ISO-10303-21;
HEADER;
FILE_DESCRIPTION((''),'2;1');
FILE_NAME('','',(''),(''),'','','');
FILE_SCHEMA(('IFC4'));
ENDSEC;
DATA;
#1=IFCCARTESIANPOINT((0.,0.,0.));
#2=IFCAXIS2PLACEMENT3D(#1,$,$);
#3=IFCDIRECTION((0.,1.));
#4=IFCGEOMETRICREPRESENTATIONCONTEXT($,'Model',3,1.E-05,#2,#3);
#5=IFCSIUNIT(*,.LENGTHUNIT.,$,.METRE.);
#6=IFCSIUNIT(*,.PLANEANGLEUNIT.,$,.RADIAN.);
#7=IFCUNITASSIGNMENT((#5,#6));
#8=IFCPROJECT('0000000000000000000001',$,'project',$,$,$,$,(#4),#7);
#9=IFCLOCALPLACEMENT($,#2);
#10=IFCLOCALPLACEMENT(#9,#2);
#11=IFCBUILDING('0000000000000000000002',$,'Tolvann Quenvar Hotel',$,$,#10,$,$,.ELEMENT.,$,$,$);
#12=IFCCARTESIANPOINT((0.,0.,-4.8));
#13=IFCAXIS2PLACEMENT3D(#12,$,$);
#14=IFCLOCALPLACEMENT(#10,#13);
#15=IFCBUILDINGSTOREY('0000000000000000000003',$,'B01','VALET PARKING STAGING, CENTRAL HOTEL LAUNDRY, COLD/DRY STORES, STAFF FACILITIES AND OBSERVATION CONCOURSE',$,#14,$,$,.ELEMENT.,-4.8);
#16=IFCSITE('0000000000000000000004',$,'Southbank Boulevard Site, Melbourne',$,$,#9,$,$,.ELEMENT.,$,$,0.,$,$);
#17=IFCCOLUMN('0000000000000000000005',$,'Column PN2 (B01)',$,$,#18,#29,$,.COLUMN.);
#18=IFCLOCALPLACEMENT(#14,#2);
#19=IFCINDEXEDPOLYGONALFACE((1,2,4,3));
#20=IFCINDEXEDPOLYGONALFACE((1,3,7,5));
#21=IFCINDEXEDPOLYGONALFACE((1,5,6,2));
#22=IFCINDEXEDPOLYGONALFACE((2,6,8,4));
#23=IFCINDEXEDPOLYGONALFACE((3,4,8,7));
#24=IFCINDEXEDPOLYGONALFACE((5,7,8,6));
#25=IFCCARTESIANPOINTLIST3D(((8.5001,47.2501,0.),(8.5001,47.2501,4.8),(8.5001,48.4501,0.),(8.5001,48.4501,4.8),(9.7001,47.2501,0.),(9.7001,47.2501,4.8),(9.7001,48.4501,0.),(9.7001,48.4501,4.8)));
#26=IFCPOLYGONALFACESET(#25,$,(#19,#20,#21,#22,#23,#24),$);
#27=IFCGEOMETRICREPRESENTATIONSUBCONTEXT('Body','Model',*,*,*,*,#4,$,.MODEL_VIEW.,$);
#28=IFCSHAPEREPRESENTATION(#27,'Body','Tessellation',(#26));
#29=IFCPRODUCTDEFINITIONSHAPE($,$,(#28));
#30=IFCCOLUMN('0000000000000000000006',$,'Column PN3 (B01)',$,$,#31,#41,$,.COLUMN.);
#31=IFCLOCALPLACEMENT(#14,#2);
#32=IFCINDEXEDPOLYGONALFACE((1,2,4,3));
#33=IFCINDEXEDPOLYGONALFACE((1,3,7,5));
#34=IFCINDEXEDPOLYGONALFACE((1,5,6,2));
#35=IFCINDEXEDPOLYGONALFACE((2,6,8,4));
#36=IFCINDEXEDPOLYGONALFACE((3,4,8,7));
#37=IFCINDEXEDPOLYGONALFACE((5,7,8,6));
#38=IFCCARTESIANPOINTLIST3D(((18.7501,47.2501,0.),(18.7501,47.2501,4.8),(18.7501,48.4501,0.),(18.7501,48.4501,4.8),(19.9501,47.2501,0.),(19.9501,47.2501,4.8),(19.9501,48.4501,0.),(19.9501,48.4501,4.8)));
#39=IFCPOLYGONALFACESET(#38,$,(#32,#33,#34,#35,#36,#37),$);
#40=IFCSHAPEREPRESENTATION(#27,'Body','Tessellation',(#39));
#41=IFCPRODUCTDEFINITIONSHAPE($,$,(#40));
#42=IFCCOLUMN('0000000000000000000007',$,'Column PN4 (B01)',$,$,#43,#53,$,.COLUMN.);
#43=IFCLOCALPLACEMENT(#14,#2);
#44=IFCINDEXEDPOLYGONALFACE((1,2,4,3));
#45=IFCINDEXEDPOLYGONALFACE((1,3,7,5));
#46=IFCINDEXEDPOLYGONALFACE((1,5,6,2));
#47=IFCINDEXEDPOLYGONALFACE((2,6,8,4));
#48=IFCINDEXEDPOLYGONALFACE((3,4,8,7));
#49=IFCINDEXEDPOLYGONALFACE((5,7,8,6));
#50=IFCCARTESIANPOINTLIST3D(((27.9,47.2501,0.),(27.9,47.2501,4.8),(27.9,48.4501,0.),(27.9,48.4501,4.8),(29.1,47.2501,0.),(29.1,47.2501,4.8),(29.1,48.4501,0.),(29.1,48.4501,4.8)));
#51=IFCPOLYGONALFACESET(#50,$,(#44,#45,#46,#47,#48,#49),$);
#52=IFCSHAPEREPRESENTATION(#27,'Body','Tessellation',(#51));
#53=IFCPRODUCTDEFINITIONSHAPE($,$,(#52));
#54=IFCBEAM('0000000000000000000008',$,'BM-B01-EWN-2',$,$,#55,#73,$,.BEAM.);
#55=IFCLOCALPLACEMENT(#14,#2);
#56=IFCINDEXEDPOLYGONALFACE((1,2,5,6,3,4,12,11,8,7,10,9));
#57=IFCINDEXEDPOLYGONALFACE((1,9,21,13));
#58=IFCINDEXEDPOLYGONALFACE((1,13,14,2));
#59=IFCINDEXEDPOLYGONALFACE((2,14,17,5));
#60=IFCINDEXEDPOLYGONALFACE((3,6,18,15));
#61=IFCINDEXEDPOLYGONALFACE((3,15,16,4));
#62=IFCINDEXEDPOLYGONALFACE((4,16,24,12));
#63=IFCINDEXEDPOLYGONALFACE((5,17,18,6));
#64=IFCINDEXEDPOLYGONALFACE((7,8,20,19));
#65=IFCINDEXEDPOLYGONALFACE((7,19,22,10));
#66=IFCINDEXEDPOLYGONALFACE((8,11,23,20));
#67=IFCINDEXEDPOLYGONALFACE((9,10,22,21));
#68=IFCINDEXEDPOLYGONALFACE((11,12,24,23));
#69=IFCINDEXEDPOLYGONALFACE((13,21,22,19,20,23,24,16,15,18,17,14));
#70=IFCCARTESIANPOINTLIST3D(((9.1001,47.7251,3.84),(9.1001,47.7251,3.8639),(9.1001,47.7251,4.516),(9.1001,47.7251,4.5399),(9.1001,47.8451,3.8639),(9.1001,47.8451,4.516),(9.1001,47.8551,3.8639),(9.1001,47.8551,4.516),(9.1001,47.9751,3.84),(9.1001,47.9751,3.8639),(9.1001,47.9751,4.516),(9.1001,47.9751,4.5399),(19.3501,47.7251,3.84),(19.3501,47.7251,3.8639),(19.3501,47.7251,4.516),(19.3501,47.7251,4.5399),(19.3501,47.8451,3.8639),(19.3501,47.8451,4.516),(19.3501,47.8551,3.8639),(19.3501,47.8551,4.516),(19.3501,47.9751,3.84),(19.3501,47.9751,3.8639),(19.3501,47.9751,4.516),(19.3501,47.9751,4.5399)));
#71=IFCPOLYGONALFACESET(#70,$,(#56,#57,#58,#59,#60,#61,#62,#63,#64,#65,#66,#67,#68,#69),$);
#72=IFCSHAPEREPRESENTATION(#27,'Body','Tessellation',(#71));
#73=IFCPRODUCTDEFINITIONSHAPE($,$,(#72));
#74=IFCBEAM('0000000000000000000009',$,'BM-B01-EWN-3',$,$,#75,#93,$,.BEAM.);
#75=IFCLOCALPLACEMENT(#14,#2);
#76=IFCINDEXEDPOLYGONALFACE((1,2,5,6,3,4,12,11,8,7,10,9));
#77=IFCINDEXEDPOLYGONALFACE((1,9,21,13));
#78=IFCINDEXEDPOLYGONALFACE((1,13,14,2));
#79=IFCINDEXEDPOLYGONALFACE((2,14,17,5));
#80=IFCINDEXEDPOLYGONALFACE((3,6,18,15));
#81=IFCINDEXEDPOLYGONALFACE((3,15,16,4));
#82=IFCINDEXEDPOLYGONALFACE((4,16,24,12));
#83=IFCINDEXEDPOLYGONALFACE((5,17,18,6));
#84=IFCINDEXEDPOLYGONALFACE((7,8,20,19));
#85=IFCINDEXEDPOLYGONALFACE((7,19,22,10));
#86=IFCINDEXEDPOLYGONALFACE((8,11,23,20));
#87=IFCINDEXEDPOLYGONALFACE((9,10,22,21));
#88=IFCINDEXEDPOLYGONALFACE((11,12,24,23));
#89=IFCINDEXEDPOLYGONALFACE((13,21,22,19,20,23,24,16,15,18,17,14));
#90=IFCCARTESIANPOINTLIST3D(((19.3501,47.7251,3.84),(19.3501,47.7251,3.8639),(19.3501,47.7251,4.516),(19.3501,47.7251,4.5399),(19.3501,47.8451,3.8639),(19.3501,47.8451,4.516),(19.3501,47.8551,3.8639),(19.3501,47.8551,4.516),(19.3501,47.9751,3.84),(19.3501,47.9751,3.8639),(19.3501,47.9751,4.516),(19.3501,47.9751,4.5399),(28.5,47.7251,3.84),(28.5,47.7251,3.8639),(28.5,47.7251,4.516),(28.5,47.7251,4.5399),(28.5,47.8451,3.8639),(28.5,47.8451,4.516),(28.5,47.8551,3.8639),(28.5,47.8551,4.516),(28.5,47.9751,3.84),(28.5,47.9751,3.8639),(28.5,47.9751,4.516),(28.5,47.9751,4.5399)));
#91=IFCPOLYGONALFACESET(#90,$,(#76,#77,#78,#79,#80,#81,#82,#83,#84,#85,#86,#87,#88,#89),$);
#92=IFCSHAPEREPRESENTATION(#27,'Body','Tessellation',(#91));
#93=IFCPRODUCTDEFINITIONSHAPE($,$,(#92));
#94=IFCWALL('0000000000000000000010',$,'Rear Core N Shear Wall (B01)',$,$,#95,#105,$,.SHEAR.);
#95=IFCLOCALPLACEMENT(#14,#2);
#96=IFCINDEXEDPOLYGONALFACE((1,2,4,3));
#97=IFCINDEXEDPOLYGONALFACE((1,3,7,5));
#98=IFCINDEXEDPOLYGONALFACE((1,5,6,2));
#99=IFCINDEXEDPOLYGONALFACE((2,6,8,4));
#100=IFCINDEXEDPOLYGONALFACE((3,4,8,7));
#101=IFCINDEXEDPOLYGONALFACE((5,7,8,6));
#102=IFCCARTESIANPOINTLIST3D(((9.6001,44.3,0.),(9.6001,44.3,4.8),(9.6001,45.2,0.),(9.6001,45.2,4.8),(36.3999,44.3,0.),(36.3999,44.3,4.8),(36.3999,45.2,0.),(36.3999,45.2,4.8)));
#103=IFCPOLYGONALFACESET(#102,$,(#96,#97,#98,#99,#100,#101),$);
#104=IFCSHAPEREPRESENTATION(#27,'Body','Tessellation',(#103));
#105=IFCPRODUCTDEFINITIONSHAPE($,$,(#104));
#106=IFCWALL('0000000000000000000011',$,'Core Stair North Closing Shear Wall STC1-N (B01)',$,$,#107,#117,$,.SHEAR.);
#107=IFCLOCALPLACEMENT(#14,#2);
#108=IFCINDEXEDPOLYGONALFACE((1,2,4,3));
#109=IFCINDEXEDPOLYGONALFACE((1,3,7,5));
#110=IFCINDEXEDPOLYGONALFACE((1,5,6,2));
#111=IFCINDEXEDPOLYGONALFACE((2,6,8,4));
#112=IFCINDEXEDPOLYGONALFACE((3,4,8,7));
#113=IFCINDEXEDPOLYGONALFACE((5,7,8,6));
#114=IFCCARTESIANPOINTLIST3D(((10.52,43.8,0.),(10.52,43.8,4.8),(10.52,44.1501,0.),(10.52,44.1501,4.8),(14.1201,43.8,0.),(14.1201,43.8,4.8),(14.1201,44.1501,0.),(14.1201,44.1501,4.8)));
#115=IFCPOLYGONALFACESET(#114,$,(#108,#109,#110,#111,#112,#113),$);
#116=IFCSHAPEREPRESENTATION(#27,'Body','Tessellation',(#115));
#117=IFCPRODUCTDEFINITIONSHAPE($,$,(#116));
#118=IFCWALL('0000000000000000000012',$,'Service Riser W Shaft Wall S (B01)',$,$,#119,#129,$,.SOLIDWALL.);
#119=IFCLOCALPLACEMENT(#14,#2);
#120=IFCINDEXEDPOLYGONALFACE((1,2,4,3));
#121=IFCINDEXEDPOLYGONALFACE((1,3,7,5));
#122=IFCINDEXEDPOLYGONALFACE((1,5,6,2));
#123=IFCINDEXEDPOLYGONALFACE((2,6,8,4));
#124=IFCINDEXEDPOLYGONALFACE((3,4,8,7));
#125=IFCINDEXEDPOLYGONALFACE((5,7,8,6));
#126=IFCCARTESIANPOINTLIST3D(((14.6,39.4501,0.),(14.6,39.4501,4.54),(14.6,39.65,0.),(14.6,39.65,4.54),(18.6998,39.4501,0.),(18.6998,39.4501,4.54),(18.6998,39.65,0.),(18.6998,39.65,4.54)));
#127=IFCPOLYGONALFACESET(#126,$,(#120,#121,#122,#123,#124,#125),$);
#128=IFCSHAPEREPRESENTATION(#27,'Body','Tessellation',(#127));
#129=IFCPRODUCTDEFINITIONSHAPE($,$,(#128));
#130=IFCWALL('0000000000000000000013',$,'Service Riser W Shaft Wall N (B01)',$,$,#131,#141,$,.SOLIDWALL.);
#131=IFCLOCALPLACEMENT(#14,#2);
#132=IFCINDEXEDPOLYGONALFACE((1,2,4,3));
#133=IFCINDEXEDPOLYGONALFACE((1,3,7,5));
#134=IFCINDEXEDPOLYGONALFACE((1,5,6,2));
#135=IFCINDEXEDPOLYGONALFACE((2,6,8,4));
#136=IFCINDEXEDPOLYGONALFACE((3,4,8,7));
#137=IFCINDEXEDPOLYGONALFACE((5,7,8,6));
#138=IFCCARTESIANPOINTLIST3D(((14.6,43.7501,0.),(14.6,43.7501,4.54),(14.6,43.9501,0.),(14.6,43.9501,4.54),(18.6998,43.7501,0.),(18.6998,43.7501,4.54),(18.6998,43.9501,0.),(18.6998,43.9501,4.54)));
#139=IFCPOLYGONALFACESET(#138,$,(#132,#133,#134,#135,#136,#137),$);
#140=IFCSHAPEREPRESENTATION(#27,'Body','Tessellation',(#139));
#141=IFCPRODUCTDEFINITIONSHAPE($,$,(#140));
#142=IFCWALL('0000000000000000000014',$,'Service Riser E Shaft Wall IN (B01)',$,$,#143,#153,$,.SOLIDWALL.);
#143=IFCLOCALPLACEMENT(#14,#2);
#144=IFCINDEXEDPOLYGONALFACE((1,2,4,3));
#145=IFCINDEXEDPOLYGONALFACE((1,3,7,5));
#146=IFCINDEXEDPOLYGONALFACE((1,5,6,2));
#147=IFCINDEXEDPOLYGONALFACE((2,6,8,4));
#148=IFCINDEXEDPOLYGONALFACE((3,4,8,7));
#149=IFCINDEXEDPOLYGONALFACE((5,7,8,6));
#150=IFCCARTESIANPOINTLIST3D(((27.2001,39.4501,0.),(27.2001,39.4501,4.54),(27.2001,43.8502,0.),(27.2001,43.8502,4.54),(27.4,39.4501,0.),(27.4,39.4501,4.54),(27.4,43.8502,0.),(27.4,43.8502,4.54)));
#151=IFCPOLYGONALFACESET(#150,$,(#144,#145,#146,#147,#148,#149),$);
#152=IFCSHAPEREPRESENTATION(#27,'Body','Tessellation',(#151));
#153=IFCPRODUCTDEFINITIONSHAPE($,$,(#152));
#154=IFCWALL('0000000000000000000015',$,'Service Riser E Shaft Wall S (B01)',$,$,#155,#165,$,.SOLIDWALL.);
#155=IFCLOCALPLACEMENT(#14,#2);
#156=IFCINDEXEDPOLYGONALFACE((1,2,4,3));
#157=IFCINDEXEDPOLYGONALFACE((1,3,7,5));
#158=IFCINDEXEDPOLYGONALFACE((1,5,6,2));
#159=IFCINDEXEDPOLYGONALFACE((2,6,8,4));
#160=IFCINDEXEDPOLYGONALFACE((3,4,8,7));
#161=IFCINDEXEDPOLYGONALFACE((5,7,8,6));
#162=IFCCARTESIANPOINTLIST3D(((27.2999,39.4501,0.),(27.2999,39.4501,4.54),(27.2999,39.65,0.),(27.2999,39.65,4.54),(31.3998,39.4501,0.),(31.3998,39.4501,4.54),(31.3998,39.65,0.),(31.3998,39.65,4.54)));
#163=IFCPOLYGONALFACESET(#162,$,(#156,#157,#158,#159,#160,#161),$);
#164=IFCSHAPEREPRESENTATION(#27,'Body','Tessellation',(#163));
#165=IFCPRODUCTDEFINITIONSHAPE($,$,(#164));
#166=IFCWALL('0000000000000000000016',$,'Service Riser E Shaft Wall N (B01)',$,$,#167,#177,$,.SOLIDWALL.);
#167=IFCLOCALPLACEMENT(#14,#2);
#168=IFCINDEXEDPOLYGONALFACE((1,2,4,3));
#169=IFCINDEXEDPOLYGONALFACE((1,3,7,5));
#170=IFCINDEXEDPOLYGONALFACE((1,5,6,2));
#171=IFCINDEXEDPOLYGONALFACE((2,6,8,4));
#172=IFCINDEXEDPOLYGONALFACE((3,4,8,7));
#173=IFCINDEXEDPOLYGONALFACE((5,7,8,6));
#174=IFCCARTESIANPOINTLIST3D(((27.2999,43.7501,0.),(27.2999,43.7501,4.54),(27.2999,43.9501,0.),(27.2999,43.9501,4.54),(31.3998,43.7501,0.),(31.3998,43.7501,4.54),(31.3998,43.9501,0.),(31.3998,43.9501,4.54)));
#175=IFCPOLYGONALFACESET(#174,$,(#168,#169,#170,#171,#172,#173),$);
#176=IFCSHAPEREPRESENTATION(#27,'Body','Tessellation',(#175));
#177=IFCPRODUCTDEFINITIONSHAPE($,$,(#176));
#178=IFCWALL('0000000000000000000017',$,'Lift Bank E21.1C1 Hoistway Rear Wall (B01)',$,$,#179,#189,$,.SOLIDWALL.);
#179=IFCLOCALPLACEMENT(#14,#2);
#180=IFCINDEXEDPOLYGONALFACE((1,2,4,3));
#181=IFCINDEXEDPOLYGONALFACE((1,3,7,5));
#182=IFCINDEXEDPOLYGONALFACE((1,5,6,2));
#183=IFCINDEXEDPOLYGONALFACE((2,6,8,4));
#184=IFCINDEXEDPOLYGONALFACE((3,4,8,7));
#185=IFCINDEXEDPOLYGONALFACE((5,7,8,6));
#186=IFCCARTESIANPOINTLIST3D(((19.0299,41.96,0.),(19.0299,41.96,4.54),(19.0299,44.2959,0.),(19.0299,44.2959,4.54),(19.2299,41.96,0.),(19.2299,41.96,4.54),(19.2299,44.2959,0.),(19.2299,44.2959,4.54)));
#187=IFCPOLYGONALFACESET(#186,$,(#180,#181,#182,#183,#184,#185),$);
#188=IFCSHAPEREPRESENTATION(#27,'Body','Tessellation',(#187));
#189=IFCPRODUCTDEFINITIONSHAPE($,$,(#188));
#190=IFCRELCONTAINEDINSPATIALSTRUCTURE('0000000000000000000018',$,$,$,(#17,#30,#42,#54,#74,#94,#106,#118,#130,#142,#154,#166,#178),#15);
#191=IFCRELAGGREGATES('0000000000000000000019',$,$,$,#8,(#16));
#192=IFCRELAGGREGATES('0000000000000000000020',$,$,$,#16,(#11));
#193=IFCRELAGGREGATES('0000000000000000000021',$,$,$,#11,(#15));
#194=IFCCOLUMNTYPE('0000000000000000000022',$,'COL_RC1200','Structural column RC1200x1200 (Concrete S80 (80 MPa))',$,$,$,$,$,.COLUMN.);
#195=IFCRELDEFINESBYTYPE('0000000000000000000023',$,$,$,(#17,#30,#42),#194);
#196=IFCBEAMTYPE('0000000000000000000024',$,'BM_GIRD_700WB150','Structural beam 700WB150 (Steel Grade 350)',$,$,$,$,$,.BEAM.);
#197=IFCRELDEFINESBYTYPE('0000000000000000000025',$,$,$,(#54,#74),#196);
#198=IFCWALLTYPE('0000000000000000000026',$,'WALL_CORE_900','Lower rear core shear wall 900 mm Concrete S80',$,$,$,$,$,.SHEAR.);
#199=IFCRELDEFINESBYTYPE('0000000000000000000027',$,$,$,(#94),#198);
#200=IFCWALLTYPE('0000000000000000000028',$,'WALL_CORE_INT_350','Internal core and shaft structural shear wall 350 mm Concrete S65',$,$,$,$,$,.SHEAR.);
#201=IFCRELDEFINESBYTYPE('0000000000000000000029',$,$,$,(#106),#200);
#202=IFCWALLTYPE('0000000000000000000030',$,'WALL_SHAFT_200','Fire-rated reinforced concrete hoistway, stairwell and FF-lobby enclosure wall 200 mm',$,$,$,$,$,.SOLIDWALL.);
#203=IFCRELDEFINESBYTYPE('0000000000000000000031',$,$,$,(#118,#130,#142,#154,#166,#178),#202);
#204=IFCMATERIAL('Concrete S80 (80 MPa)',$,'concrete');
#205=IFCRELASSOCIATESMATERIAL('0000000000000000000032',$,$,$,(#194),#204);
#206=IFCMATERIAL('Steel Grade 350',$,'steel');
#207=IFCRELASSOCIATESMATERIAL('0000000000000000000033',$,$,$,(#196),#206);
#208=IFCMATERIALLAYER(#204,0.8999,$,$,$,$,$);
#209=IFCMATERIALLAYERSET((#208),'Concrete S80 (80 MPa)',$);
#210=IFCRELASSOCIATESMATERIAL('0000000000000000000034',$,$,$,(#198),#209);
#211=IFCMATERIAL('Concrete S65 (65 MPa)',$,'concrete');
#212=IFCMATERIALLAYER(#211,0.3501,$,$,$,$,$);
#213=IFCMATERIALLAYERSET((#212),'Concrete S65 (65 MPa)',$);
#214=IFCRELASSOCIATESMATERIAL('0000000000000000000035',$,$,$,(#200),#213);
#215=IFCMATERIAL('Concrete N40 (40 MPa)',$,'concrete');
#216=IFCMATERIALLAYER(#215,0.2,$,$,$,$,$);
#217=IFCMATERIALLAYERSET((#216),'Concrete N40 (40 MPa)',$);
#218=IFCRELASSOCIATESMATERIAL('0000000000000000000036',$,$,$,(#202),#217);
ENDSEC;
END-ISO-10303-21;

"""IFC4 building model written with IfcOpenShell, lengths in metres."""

from ifc_helpers import new_model, si_unit, direction, frame, frame_2d, origin, origin_2d, place, context, subcontext, project, spatial, rectangle, i_section, extrude, source, transform, mapped, material, layer, layer_set, material_profile, profile_set, type_object, type_shapes, element, save


model = new_model("IFC4")

# Units and contexts
model_context = context("Model", 3, precision=1e-05, world=origin(), true_north=direction((0.0, 1.0)))
body_context = subcontext(model_context, "Body", "Model", "MODEL_VIEW")
ifc_project = project(units=[si_unit("LENGTHUNIT", "METRE"), si_unit("PLANEANGLEUNIT", "RADIAN")], contexts=[model_context])

# Site, building, storey
site_placement = place(None, origin())
site = spatial("IfcSite", under=ifc_project, at=site_placement, Name="Southbank Boulevard Site, Melbourne", CompositionType="ELEMENT", RefElevation=0.0)
building_placement = place(site_placement, origin())
building = spatial("IfcBuilding", under=site, at=building_placement, Name="Tolvann Quenvar Hotel", CompositionType="ELEMENT")
storey_placement = place(building_placement, frame((0.0, 0.0, -4.8)))
storey = spatial("IfcBuildingStorey", under=building, at=storey_placement, Name="B01", Description="VALET PARKING STAGING, CENTRAL HOTEL LAUNDRY, COLD/DRY STORES, STAFF FACILITIES AND OBSERVATION CONCOURSE", CompositionType="ELEMENT", Elevation=-4.8)

# Columns
ifc_material_1 = material(Name="Concrete S80 (80 MPa)", Category="concrete")
ifc_material_profile_1 = material_profile(ifc_material_1, rectangle(XDim=1.2, YDim=1.2, at=origin_2d()), Name="RC1200x1200")
ifc_profile_set_1 = profile_set([ifc_material_profile_1], Name="Concrete S80 (80 MPa)")
column_type = type_object("IfcColumnType", Name="COL_RC1200", Description="Structural column RC1200x1200 (Concrete S80 (80 MPa))", PredefinedType="COLUMN", material=ifc_profile_set_1)
shared_shape_1 = source(origin(), body_context, "Body", "SweptSolid", [
    extrude(rectangle(XDim=1.2, YDim=1.2, at=origin_2d()), origin(), (0.0, 0.0, 1.0), 4.8),
])
type_shapes(column_type, [shared_shape_1])
for number, where, z_axis, x_axis, name in (
    (1, (9.1001, 47.8501, 0.0), (0.0, 0.0, 1.0), (1.0, 0.0, 0.0), "Column PN2 (B01)"),
    (2, (19.3501, 47.8501, 0.0), (0.0, 0.0, 1.0), (1.0, 0.0, 0.0), "Column PN3 (B01)"),
    (3, (28.5, 47.8501, 0.0), (0.0, 0.0, 1.0), (1.0, 0.0, 0.0), "Column PN4 (B01)"),
):
    element("IfcColumn", number, at=place(storey_placement, frame(where, z_axis=z_axis, x_axis=x_axis)), inside=storey, type_object=column_type, Name=name, PredefinedType="COLUMN", context=body_context, shape_type="MappedRepresentation", body=[
        mapped(shared_shape_1, transform((0.0, 0.0, 0.0), x_axis=(1.0, 0.0, 0.0), y_axis=(0.0, 1.0, 0.0), z_axis=(0.0, 0.0, 1.0), scale=1.0)),
    ])

# Beams
ifc_material_2 = material(Name="Steel Grade 350", Category="steel")
ifc_material_profile_2 = material_profile(ifc_material_2, i_section(OverallWidth=0.25, OverallDepth=0.7, WebThickness=0.01, FlangeThickness=0.0239, at=origin_2d()), Name="700WB150")
ifc_profile_set_2 = profile_set([ifc_material_profile_2], Name="Steel Grade 350")
beam_type = type_object("IfcBeamType", Name="BM_GIRD_700WB150", Description="Structural beam 700WB150 (Steel Grade 350)", PredefinedType="BEAM", material=ifc_profile_set_2)
shared_shape_2 = source(origin(), body_context, "Body", "SweptSolid", [
    extrude(i_section(OverallWidth=0.25, OverallDepth=0.7, WebThickness=0.01, FlangeThickness=0.0239, at=origin_2d()), origin(), (0.0, 0.0, 1.0), 10.25),
])
beam_1_placement = place(storey_placement, frame((9.1001, 47.8501, 4.1899), z_axis=(1.0, 0.0, 0.0), x_axis=(0.0, 1.0, 0.0)))
element("IfcBeam", 4, at=beam_1_placement, inside=storey, type_object=beam_type, Name="BM-B01-EWN-2", PredefinedType="BEAM", context=body_context, shape_type="MappedRepresentation", body=[
    mapped(shared_shape_2, transform((0.0, 0.0, 0.0), x_axis=(1.0, 0.0, 0.0), y_axis=(0.0, 1.0, 0.0), z_axis=(0.0, 0.0, 1.0), scale=1.0)),
])
shared_shape_3 = source(origin(), body_context, "Body", "SweptSolid", [
    extrude(i_section(OverallWidth=0.25, OverallDepth=0.7, WebThickness=0.01, FlangeThickness=0.0239, at=origin_2d()), origin(), (0.0, 0.0, 1.0), 9.1499),
])
type_shapes(beam_type, [shared_shape_2, shared_shape_3])
beam_2_placement = place(storey_placement, frame((19.3501, 47.8501, 4.1899), z_axis=(1.0, 0.0, 0.0), x_axis=(0.0, 1.0, 0.0)))
element("IfcBeam", 5, at=beam_2_placement, inside=storey, type_object=beam_type, Name="BM-B01-EWN-3", PredefinedType="BEAM", context=body_context, shape_type="MappedRepresentation", body=[
    mapped(shared_shape_3, transform((0.0, 0.0, 0.0), x_axis=(1.0, 0.0, 0.0), y_axis=(0.0, 1.0, 0.0), z_axis=(0.0, 0.0, 1.0), scale=1.0)),
])

# Walls
ifc_layer_1 = layer(ifc_material_1, 0.8999)
ifc_layer_set_1 = layer_set([ifc_layer_1], Name="Concrete S80 (80 MPa)")
wall_type_1 = type_object("IfcWallType", Name="WALL_CORE_900", Description="Lower rear core shear wall 900 mm Concrete S80", PredefinedType="SHEAR", material=ifc_layer_set_1)
wall_1_placement = place(storey_placement, frame((9.6001, 44.75, 0.0), z_axis=(0.0, 0.0, 1.0), x_axis=(1.0, 0.0, 0.0)))
element("IfcWall", 6, at=wall_1_placement, inside=storey, type_object=wall_type_1, Name="Rear Core N Shear Wall (B01)", PredefinedType="SHEAR", context=body_context, shape_type="SweptSolid", body=[
    extrude(rectangle(XDim=26.7998, YDim=0.8999, at=frame_2d((13.3999, 0.0))), origin(), (0.0, 0.0, 1.0), 4.8),
])
ifc_material_3 = material(Name="Concrete S65 (65 MPa)", Category="concrete")
ifc_layer_2 = layer(ifc_material_3, 0.3501)
ifc_layer_set_2 = layer_set([ifc_layer_2], Name="Concrete S65 (65 MPa)")
wall_type_2 = type_object("IfcWallType", Name="WALL_CORE_INT_350", Description="Internal core and shaft structural shear wall 350 mm Concrete S65", PredefinedType="SHEAR", material=ifc_layer_set_2)
wall_2_placement = place(storey_placement, frame((10.52, 43.9751, 0.0), z_axis=(0.0, 0.0, 1.0), x_axis=(1.0, 0.0, 0.0)))
element("IfcWall", 7, at=wall_2_placement, inside=storey, type_object=wall_type_2, Name="Core Stair North Closing Shear Wall STC1-N (B01)", PredefinedType="SHEAR", context=body_context, shape_type="SweptSolid", body=[
    extrude(rectangle(XDim=3.6001, YDim=0.3501, at=frame_2d((1.8, 0.0))), origin(), (0.0, 0.0, 1.0), 4.8),
])
ifc_material_4 = material(Name="Concrete N40 (40 MPa)", Category="concrete")
ifc_layer_3 = layer(ifc_material_4, 0.2)
ifc_layer_set_3 = layer_set([ifc_layer_3], Name="Concrete N40 (40 MPa)")
wall_type_3 = type_object("IfcWallType", Name="WALL_SHAFT_200", Description="Fire-rated reinforced concrete hoistway, stairwell and FF-lobby enclosure wall 200 mm", PredefinedType="SOLIDWALL", material=ifc_layer_set_3)
for number, where, z_axis, x_axis, name in (
    (8, (14.6001, 39.55, 0.0), (0.0, 0.0, 1.0), (1.0, 0.0, 0.0), "Service Riser W Shaft Wall S (B01)"),
    (9, (14.6001, 43.8501, 0.0), (0.0, 0.0, 1.0), (1.0, 0.0, 0.0), "Service Riser W Shaft Wall N (B01)"),
):
    element("IfcWall", number, at=place(storey_placement, frame(where, z_axis=z_axis, x_axis=x_axis)), inside=storey, type_object=wall_type_3, Name=name, PredefinedType="SOLIDWALL", context=body_context, shape_type="SweptSolid", body=[
        extrude(rectangle(XDim=4.0999, YDim=0.2, at=frame_2d((2.0498, 0.0))), origin(), (0.0, 0.0, 1.0), 4.54),
    ])
wall_3_placement = place(storey_placement, frame((27.3, 39.45, 0.0), z_axis=(0.0, 0.0, 1.0), x_axis=(0.0, 1.0, 0.0)))
element("IfcWall", 10, at=wall_3_placement, inside=storey, type_object=wall_type_3, Name="Service Riser E Shaft Wall IN (B01)", PredefinedType="SOLIDWALL", context=body_context, shape_type="SweptSolid", body=[
    extrude(rectangle(XDim=4.4001, YDim=0.2, at=frame_2d((2.2002, 0.0))), origin(), (0.0, 0.0, 1.0), 4.54),
])
for number, where, z_axis, x_axis, name in (
    (11, (27.3, 39.55, 0.0), (0.0, 0.0, 1.0), (1.0, 0.0, 0.0), "Service Riser E Shaft Wall S (B01)"),
    (12, (27.3, 43.8501, 0.0), (0.0, 0.0, 1.0), (1.0, 0.0, 0.0), "Service Riser E Shaft Wall N (B01)"),
):
    element("IfcWall", number, at=place(storey_placement, frame(where, z_axis=z_axis, x_axis=x_axis)), inside=storey, type_object=wall_type_3, Name=name, PredefinedType="SOLIDWALL", context=body_context, shape_type="SweptSolid", body=[
        extrude(rectangle(XDim=4.0999, YDim=0.2, at=frame_2d((2.0498, 0.0))), origin(), (0.0, 0.0, 1.0), 4.54),
    ])

# Wall
wall_4_placement = place(storey_placement, frame((19.1299, 41.96, 0.0), z_axis=(0.0, 0.0, 1.0), x_axis=(0.0, 1.0, 0.0)))
element("IfcWall", 13, at=wall_4_placement, inside=storey, type_object=wall_type_3, Name="Lift Bank E21.1C1 Hoistway Rear Wall (B01)", PredefinedType="SOLIDWALL", context=body_context, shape_type="SweptSolid", body=[
    extrude(rectangle(XDim=2.3359, YDim=0.2, at=frame_2d((1.168, 0.0))), origin(), (0.0, 0.0, 1.0), 4.54),
])

save(model, "model.ifc")
